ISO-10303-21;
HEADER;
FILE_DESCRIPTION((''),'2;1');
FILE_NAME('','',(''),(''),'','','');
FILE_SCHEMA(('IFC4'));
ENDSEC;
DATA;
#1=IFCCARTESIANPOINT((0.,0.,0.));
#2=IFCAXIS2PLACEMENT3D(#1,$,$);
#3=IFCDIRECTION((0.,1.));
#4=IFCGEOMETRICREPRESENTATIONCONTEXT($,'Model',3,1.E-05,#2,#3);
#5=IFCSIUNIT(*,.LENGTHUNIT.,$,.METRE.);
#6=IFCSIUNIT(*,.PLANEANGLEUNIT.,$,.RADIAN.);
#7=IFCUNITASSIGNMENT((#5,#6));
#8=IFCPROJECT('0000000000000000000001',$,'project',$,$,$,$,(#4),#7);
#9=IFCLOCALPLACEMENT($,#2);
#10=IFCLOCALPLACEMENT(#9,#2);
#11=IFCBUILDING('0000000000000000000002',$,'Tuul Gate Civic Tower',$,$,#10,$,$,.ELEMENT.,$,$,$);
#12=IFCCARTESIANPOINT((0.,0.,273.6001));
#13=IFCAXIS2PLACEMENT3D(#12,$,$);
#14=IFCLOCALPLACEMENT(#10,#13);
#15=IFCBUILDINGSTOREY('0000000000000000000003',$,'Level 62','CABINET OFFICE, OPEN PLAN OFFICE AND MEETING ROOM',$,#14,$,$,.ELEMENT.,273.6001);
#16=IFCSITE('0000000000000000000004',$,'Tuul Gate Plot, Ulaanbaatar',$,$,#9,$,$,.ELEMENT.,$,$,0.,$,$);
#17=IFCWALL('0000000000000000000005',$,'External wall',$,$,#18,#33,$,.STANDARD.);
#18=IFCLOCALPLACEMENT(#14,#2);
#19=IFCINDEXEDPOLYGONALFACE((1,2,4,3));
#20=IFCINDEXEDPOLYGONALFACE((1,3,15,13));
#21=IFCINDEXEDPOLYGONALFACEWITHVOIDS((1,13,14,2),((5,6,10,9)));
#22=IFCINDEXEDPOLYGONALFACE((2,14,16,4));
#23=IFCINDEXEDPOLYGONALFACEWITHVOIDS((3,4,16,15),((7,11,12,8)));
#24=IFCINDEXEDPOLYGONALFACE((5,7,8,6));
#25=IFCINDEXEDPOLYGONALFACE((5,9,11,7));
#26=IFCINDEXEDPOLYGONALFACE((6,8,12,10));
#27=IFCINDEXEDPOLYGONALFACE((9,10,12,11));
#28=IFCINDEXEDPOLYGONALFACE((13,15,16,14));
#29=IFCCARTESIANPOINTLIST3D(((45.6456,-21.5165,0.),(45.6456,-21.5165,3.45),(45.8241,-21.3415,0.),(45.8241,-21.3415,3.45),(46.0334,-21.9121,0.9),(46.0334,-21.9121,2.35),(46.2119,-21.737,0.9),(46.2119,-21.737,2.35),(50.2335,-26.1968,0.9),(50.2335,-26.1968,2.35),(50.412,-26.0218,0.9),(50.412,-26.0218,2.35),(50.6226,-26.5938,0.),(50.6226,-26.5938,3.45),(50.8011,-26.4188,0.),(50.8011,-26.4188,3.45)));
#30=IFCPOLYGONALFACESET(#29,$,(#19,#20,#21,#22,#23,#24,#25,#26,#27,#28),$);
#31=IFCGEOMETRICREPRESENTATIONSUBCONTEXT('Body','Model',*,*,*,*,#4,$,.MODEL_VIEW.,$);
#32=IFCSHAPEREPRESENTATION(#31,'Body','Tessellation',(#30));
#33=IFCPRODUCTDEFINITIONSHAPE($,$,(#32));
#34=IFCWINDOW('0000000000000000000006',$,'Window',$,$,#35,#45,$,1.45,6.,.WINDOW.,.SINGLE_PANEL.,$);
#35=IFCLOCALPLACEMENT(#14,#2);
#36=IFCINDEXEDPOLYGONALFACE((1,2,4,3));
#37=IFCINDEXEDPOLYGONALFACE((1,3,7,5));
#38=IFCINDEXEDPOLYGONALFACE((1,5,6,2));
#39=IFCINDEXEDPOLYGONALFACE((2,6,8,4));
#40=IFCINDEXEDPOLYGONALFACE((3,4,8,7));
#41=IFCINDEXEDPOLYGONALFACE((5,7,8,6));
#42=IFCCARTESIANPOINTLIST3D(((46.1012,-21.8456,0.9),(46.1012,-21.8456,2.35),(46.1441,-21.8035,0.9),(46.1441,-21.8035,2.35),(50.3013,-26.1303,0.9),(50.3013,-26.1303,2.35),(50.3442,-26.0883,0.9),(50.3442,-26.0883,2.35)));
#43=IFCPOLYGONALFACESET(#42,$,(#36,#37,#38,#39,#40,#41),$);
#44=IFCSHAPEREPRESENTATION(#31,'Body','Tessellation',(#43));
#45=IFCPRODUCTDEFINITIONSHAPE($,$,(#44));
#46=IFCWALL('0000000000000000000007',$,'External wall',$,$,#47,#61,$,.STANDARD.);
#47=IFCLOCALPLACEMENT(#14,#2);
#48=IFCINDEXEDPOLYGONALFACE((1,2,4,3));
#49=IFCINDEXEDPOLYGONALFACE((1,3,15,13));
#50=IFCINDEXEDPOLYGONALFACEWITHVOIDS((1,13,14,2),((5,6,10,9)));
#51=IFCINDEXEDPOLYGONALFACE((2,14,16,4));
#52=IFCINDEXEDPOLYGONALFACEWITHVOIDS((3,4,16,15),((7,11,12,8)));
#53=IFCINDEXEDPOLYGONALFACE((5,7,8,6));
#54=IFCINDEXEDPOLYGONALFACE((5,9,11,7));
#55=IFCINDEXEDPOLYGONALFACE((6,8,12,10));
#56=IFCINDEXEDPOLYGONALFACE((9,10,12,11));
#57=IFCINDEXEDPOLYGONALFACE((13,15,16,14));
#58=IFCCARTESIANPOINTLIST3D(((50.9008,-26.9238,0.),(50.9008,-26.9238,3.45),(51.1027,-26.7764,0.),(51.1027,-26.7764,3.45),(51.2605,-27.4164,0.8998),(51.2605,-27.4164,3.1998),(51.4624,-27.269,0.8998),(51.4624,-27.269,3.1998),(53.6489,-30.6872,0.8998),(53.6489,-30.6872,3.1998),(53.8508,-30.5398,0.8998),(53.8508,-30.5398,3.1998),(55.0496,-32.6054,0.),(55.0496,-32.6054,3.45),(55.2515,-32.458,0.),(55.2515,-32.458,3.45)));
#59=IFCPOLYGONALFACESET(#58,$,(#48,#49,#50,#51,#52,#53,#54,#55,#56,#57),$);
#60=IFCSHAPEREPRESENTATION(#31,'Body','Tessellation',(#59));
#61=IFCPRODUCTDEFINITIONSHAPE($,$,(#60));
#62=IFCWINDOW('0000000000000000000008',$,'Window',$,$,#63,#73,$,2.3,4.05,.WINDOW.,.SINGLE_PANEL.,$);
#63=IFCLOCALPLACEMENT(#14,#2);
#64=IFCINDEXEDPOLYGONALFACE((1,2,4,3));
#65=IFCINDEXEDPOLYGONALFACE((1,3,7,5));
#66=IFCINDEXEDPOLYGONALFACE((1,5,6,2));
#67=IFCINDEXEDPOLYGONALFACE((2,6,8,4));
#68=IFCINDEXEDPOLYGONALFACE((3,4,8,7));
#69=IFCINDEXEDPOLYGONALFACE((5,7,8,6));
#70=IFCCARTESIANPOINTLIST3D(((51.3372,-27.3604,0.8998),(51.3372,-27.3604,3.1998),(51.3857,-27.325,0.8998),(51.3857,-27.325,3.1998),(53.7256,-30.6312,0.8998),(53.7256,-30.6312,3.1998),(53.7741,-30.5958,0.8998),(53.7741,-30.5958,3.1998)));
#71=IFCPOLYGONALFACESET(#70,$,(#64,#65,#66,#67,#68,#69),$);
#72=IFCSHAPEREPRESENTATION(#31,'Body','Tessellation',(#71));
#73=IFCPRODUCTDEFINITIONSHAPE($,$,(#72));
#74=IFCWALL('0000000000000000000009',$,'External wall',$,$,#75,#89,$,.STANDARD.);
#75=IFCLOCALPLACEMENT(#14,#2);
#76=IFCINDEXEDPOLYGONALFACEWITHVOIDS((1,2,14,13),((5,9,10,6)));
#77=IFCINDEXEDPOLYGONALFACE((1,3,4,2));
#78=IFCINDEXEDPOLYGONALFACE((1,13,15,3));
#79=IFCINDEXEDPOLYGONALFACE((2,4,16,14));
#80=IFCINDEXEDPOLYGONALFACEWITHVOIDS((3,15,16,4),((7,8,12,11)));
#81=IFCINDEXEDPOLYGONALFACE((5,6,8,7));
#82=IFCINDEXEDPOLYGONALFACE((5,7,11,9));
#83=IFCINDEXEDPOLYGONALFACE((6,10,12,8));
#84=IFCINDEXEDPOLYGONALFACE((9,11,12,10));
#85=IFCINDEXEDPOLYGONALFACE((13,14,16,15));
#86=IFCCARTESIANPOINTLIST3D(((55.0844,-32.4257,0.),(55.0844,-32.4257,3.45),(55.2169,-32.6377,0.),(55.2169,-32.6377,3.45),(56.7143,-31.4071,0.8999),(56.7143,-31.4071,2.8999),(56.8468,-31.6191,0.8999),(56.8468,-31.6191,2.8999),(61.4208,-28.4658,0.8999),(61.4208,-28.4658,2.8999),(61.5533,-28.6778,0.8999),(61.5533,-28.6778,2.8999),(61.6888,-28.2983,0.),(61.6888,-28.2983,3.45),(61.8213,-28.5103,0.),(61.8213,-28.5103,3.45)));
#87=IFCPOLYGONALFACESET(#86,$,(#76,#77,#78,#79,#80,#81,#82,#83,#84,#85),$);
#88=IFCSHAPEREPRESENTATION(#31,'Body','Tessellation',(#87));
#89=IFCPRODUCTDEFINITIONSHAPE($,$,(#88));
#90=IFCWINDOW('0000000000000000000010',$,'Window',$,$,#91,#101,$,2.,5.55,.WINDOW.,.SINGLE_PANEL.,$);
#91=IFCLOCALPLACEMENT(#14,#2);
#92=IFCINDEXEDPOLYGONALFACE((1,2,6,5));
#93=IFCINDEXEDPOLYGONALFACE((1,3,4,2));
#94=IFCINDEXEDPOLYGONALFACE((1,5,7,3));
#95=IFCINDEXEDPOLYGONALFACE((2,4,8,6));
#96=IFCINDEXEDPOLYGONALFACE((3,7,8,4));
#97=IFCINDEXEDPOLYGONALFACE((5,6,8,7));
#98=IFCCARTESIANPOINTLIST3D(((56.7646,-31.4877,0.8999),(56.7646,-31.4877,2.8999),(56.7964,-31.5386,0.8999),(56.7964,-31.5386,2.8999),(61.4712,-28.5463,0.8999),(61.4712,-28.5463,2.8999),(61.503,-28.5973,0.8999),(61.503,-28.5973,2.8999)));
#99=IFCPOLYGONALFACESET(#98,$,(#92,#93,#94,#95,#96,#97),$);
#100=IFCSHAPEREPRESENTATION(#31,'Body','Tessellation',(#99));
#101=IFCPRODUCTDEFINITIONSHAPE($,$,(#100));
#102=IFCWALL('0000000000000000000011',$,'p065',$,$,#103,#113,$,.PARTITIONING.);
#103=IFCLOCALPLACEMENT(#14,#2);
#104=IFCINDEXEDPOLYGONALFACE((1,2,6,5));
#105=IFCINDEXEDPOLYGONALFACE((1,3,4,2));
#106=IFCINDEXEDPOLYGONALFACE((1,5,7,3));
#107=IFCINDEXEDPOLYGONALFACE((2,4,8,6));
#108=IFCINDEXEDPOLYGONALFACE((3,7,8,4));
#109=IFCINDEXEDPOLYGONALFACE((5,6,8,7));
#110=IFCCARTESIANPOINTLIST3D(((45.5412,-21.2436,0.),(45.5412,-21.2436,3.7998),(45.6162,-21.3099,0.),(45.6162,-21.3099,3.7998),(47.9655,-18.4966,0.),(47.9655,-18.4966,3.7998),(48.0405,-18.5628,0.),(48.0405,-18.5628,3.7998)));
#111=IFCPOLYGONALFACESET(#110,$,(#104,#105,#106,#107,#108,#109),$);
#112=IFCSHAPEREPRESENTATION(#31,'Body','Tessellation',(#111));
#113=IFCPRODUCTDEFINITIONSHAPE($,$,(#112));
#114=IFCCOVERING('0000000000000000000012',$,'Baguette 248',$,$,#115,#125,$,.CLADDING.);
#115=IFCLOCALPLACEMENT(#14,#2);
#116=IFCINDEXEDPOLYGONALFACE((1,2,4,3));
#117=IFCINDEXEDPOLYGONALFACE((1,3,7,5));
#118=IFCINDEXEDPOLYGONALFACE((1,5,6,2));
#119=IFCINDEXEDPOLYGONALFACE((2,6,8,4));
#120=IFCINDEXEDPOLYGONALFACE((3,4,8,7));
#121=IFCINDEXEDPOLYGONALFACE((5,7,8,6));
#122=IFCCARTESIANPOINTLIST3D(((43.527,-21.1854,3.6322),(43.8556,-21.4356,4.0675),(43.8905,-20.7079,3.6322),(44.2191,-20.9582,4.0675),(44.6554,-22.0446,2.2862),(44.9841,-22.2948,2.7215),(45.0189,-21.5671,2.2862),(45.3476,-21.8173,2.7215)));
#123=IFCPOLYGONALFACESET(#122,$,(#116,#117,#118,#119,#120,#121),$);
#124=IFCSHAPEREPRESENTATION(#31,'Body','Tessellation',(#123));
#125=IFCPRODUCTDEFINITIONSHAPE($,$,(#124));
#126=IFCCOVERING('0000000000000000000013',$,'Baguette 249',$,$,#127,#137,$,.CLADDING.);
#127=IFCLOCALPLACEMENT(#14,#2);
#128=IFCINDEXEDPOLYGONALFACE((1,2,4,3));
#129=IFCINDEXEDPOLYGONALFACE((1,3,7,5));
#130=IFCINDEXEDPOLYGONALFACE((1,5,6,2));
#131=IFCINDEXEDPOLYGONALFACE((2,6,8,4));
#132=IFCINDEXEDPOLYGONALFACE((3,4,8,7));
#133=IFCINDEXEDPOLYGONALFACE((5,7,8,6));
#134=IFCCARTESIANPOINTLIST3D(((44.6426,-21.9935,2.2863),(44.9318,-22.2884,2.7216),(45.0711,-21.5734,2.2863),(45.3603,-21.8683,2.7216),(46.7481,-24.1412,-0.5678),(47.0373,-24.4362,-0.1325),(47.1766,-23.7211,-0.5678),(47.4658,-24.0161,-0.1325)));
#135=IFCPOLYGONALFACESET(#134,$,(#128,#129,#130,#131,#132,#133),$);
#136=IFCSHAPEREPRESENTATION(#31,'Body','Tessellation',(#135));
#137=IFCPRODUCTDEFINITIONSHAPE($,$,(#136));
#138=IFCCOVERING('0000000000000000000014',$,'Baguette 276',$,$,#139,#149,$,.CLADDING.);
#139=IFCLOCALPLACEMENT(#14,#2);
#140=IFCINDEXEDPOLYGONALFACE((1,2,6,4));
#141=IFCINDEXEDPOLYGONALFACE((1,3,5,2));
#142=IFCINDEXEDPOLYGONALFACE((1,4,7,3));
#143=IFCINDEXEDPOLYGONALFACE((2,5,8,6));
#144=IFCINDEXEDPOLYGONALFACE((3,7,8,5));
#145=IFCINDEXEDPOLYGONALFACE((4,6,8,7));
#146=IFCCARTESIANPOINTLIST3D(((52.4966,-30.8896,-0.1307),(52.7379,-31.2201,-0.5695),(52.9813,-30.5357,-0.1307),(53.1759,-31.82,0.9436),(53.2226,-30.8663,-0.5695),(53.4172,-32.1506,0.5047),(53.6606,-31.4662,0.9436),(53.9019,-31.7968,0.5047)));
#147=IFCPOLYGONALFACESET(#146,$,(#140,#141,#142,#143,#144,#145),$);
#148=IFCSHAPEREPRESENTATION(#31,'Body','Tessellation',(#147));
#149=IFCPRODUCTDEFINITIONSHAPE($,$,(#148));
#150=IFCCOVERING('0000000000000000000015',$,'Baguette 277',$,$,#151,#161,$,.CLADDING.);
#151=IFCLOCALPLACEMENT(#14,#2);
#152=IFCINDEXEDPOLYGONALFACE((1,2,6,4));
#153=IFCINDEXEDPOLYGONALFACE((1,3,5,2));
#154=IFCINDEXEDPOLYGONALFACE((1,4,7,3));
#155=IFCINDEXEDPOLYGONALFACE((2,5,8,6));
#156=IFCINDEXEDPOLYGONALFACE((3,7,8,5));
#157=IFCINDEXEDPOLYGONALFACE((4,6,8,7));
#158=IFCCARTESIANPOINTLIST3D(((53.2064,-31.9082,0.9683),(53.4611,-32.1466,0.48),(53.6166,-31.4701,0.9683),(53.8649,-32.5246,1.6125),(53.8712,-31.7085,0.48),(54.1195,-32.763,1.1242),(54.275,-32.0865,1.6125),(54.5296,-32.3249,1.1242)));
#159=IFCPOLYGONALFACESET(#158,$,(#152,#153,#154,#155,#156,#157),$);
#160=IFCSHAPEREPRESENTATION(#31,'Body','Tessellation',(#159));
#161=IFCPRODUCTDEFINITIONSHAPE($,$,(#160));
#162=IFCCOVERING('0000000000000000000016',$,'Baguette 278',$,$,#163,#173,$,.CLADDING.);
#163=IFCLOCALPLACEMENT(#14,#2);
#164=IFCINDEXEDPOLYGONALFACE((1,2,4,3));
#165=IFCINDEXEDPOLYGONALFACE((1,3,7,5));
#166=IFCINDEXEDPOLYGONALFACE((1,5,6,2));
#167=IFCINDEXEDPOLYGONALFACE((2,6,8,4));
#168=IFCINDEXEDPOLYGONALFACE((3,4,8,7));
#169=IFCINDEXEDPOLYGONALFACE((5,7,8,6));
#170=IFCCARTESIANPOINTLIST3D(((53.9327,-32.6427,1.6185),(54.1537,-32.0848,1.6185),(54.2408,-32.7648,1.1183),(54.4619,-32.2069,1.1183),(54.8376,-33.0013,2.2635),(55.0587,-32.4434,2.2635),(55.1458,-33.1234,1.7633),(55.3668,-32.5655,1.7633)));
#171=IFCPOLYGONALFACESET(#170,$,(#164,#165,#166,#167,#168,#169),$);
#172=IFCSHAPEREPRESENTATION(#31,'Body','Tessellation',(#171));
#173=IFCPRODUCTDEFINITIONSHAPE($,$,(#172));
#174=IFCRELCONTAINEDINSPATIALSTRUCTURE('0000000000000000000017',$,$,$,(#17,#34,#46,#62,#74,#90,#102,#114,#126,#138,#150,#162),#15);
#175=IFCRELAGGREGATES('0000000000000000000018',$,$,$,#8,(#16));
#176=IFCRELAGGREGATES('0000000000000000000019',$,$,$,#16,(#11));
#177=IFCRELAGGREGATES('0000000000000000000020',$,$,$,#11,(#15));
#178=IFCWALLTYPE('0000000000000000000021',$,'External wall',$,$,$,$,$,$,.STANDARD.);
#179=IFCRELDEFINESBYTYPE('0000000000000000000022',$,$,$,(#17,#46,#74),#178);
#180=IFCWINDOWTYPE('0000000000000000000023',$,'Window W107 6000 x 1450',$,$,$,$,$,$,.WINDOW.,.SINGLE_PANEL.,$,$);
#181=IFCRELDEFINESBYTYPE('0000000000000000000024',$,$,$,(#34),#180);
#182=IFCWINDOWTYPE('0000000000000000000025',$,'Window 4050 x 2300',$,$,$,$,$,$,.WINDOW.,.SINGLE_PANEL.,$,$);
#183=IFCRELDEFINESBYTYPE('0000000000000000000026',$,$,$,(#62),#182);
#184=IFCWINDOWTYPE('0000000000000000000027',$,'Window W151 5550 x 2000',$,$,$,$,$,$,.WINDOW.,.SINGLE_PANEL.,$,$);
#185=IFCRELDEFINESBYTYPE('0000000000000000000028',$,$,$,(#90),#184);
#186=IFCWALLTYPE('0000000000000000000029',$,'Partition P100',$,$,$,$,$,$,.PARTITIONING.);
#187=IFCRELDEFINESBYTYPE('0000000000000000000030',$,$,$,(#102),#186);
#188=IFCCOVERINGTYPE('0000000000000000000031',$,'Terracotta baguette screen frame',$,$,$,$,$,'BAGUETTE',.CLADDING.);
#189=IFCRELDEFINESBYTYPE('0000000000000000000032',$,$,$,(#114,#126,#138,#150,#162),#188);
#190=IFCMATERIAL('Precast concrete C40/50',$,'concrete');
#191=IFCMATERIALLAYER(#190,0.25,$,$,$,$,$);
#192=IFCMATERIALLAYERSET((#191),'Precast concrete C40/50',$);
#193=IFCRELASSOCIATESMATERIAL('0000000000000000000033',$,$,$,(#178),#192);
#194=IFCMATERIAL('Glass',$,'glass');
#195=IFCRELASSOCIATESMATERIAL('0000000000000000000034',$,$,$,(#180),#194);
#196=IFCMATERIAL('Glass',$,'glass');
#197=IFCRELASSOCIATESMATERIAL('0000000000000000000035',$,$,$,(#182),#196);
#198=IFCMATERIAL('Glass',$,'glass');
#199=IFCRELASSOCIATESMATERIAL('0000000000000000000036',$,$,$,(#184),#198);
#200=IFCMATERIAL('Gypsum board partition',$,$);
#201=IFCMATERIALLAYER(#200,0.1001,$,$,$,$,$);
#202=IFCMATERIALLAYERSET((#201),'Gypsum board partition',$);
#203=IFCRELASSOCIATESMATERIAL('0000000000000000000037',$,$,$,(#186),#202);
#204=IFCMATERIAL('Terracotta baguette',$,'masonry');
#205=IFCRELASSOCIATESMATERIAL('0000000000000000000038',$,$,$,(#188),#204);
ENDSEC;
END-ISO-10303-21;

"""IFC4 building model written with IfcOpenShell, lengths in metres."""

from ifc_helpers import new_model, si_unit, direction, frame, frame_2d, origin, origin_2d, place, context, subcontext, project, spatial, rectangle, extrude, material, layer, layer_set, material_profile, profile_set, type_object, element, fill, save


model = new_model("IFC4")

# Units and contexts
model_context = context("Model", 3, precision=1e-05, world=origin(), true_north=direction((0.0, 1.0)))
body_context = subcontext(model_context, "Body", "Model", "MODEL_VIEW")
ifc_project = project(units=[si_unit("LENGTHUNIT", "METRE"), si_unit("PLANEANGLEUNIT", "RADIAN")], contexts=[model_context])

# Site, building, storey
site_placement = place(None, origin())
site = spatial("IfcSite", under=ifc_project, at=site_placement, Name="Tuul Gate Plot, Ulaanbaatar", CompositionType="ELEMENT", RefElevation=0.0)
building_placement = place(site_placement, origin())
building = spatial("IfcBuilding", under=site, at=building_placement, Name="Tuul Gate Civic Tower", CompositionType="ELEMENT")
storey_placement = place(building_placement, frame((0.0, 0.0, 273.6001)))
storey = spatial("IfcBuildingStorey", under=building, at=storey_placement, Name="Level 62", Description="CABINET OFFICE, OPEN PLAN OFFICE AND MEETING ROOM", CompositionType="ELEMENT", Elevation=273.6001)

# Walls, openings, windows
ifc_material_1 = material(Name="Precast concrete C40/50", Category="concrete")
ifc_layer_1 = layer(ifc_material_1, 0.25)
ifc_layer_set_1 = layer_set([ifc_layer_1], Name="Precast concrete C40/50")
wall_type_1 = type_object("IfcWallType", Name="External wall", PredefinedType="STANDARD", material=ifc_layer_set_1)
wall_1_placement = place(storey_placement, frame((45.7349, -21.429, 0.0), z_axis=(0.0, 0.0, 1.0), x_axis=(0.700015, -0.714128, 0.0)))
wall_1 = element("IfcWall", 1, at=wall_1_placement, inside=storey, type_object=wall_type_1, Name="External wall", PredefinedType="STANDARD", context=body_context, shape_type="SweptSolid", body=[
    extrude(rectangle(XDim=7.1099, YDim=0.25, at=frame_2d((3.5549, 0.0))), origin(), (0.0, 0.0, 1.0), 3.45),
])
opening_1_placement = place(wall_1_placement, frame((0.554, 0.0, 0.8999)))
opening_1 = element("IfcOpeningElement", 2, at=opening_1_placement, cuts=wall_1, PredefinedType="OPENING", context=body_context, shape_type="SweptSolid", body=[
    extrude(rectangle(XDim=6.0, YDim=1.45, at=frame_2d((3.0, 0.7251))), frame((0.0, 0.135, 0.0), z_axis=(0.0, -1.0, 0.0), x_axis=(1.0, 0.0, 0.0)), (0.0, 0.0, 1.0), 0.27),
])
ifc_material_2 = material(Name="Glass", Category="glass")
window_type_1 = type_object("IfcWindowType", Name="Window W107 6000 x 1450", PartitioningType="SINGLE_PANEL", PredefinedType="WINDOW", material=ifc_material_2)
window_1_placement = place(opening_1_placement, origin())
window_1 = element("IfcWindow", 3, at=window_1_placement, inside=storey, type_object=window_type_1, Name="Window", OverallHeight=1.45, OverallWidth=6.0, PartitioningType="SINGLE_PANEL", PredefinedType="WINDOW", context=body_context, shape_type="SweptSolid", body=[
    extrude(rectangle(XDim=6.0, YDim=1.45, at=frame_2d((3.0, 0.7251))), frame((0.0, 0.03, 0.0), z_axis=(0.0, -1.0, 0.0), x_axis=(1.0, 0.0, 0.0)), (0.0, 0.0, 1.0), 0.0601),
])
fill(opening_1, window_1)
wall_2_placement = place(storey_placement, frame((51.0017, -26.8501, 0.0), z_axis=(0.0, 0.0, 1.0), x_axis=(0.589735, -0.807597, 0.0)))
wall_2 = element("IfcWall", 4, at=wall_2_placement, inside=storey, type_object=wall_type_1, Name="External wall", PredefinedType="STANDARD", context=body_context, shape_type="SweptSolid", body=[
    extrude(rectangle(XDim=7.0352, YDim=0.25, at=frame_2d((3.5176, 0.0))), origin(), (0.0, 0.0, 1.0), 3.45),
])
opening_2_placement = place(wall_2_placement, frame((0.6101, 0.0, 0.8999)))
opening_2 = element("IfcOpeningElement", 5, at=opening_2_placement, cuts=wall_2, PredefinedType="OPENING", context=body_context, shape_type="SweptSolid", body=[
    extrude(rectangle(XDim=4.05, YDim=2.3, at=frame_2d((2.0249, 1.1499))), frame((0.0, 0.135, 0.0), z_axis=(0.0, -1.0, 0.0), x_axis=(1.0, 0.0, 0.0)), (0.0, 0.0, 1.0), 0.27),
])
ifc_material_3 = material(Name="Glass", Category="glass")
window_type_2 = type_object("IfcWindowType", Name="Window 4050 x 2300", PartitioningType="SINGLE_PANEL", PredefinedType="WINDOW", material=ifc_material_3)
window_2_placement = place(opening_2_placement, origin())
window_2 = element("IfcWindow", 6, at=window_2_placement, inside=storey, type_object=window_type_2, Name="Window", OverallHeight=2.3, OverallWidth=4.05, PartitioningType="SINGLE_PANEL", PredefinedType="WINDOW", context=body_context, shape_type="SweptSolid", body=[
    extrude(rectangle(XDim=4.05, YDim=2.3, at=frame_2d((2.0249, 1.1499))), frame((0.0, 0.03, 0.0), z_axis=(0.0, -1.0, 0.0), x_axis=(1.0, 0.0, 0.0)), (0.0, 0.0, 1.0), 0.0601),
])
fill(opening_2, window_2)
wall_3_placement = place(storey_placement, frame((55.1506, -32.5317, 0.0), z_axis=(0.0, 0.0, 1.0), x_axis=(0.848019, 0.529965, 0.0)))
wall_3 = element("IfcWall", 7, at=wall_3_placement, inside=storey, type_object=wall_type_1, Name="External wall", PredefinedType="STANDARD", context=body_context, shape_type="SweptSolid", body=[
    extrude(rectangle(XDim=7.7881, YDim=0.25, at=frame_2d((3.894, 0.0))), origin(), (0.0, 0.0, 1.0), 3.45),
])
opening_3_placement = place(wall_3_placement, frame((1.9221, 0.0, 0.8999)))
opening_3 = element("IfcOpeningElement", 8, at=opening_3_placement, cuts=wall_3, PredefinedType="OPENING", context=body_context, shape_type="SweptSolid", body=[
    extrude(rectangle(XDim=5.55, YDim=2.0, at=frame_2d((2.7749, 1.0))), frame((0.0, 0.135, 0.0), z_axis=(0.0, -1.0, 0.0), x_axis=(1.0, 0.0, 0.0)), (0.0, 0.0, 1.0), 0.27),
])
ifc_material_4 = material(Name="Glass", Category="glass")
window_type_3 = type_object("IfcWindowType", Name="Window W151 5550 x 2000", PartitioningType="SINGLE_PANEL", PredefinedType="WINDOW", material=ifc_material_4)
window_3_placement = place(opening_3_placement, origin())
window_3 = element("IfcWindow", 9, at=window_3_placement, inside=storey, type_object=window_type_3, Name="Window", OverallHeight=2.0, OverallWidth=5.55, PartitioningType="SINGLE_PANEL", PredefinedType="WINDOW", context=body_context, shape_type="SweptSolid", body=[
    extrude(rectangle(XDim=5.55, YDim=2.0, at=frame_2d((2.7749, 1.0))), frame((0.0, 0.03, 0.0), z_axis=(0.0, -1.0, 0.0), x_axis=(1.0, 0.0, 0.0)), (0.0, 0.0, 1.0), 0.0601),
])
fill(opening_3, window_3)

# Wall
ifc_material_5 = material(Name="Gypsum board partition")
ifc_layer_2 = layer(ifc_material_5, 0.1001)
ifc_layer_set_2 = layer_set([ifc_layer_2], Name="Gypsum board partition")
wall_type_2 = type_object("IfcWallType", Name="Partition P100", PredefinedType="PARTITIONING", material=ifc_layer_set_2)
wall_4_placement = place(storey_placement, frame((45.5786, -21.2769, 0.0), z_axis=(0.0, 0.0, 1.0), x_axis=(0.661688, 0.74978, 0.0)))
element("IfcWall", 10, at=wall_4_placement, inside=storey, type_object=wall_type_2, Name="p065", PredefinedType="PARTITIONING", context=body_context, shape_type="SweptSolid", body=[
    extrude(rectangle(XDim=3.6638, YDim=0.1001, at=frame_2d((1.832, 0.0))), origin(), (0.0, 0.0, 1.0), 3.7998),
])

# Coverings
ifc_material_6 = material(Name="Terracotta baguette", Category="masonry")
ifc_material_profile_1 = material_profile(ifc_material_6, rectangle(XDim=0.6001, YDim=0.6001, at=origin_2d()), Name="Terracotta baguette screen frame")
ifc_profile_set_1 = profile_set([ifc_material_profile_1], Name="Terracotta baguette")
covering_type = type_object("IfcCoveringType", Name="Terracotta baguette screen frame", ElementType="BAGUETTE", PredefinedType="CLADDING", material=ifc_profile_set_1)
covering_1_placement = place(storey_placement, frame((43.873, -21.0718, 3.8499), z_axis=(0.577122, -0.439397, -0.688376), x_axis=(0.605768, 0.795641, 0.0)))
element("IfcCovering", 11, at=covering_1_placement, inside=storey, type_object=covering_type, Name="Baguette 248", PredefinedType="CLADDING", context=body_context, shape_type="SweptSolid", body=[
    extrude(rectangle(XDim=0.6001, YDim=0.6001, at=origin_2d()), origin(), (0.0, 0.0, 1.0), 1.9553),
])
covering_2_placement = place(storey_placement, frame((45.0015, -21.9309, 2.5039), z_axis=(0.507807, -0.517994, -0.688342), x_axis=(0.714094, 0.70005, 0.0)))
element("IfcCovering", 12, at=covering_2_placement, inside=storey, type_object=covering_type, Name="Baguette 249", PredefinedType="CLADDING", context=body_context, shape_type="SweptSolid", body=[
    extrude(rectangle(XDim=0.6001, YDim=0.6001, at=origin_2d()), origin(), (0.0, 0.0, 1.0), 4.1462),
])
covering_3_placement = place(storey_placement, frame((52.8596, -30.8779, -0.3501), z_axis=(0.43121, -0.590705, 0.682001), x_axis=(0.80769, 0.589607, 0.0)))
element("IfcCovering", 13, at=covering_3_placement, inside=storey, type_object=covering_type, Name="Baguette 276", PredefinedType="CLADDING", context=body_context, shape_type="SweptSolid", body=[
    extrude(rectangle(XDim=0.6001, YDim=0.6001, at=origin_2d()), origin(), (0.0, 0.0, 1.0), 1.5752),
])
covering_4_placement = place(storey_placement, frame((53.5388, -31.8083, 0.7241), z_axis=(0.594022, -0.556138, 0.581247), x_axis=(0.683446, 0.730001, 0.0)))
element("IfcCovering", 14, at=covering_4_placement, inside=storey, type_object=covering_type, Name="Baguette 277", PredefinedType="CLADDING", context=body_context, shape_type="SweptSolid", body=[
    extrude(rectangle(XDim=0.6001, YDim=0.6001, at=origin_2d()), origin(), (0.0, 0.0, 1.0), 1.1084),
])
covering_5_placement = place(storey_placement, frame((54.1973, -32.4248, 1.3684), z_axis=(0.774988, -0.30711, 0.552338), x_axis=(0.368405, 0.929665, 0.0)))
element("IfcCovering", 15, at=covering_5_placement, inside=storey, type_object=covering_type, Name="Baguette 278", PredefinedType="CLADDING", context=body_context, shape_type="SweptSolid", body=[
    extrude(rectangle(XDim=0.6001, YDim=0.6001, at=origin_2d()), origin(), (0.0, 0.0, 1.0), 1.1677),
])

save(model, "model.ifc")
